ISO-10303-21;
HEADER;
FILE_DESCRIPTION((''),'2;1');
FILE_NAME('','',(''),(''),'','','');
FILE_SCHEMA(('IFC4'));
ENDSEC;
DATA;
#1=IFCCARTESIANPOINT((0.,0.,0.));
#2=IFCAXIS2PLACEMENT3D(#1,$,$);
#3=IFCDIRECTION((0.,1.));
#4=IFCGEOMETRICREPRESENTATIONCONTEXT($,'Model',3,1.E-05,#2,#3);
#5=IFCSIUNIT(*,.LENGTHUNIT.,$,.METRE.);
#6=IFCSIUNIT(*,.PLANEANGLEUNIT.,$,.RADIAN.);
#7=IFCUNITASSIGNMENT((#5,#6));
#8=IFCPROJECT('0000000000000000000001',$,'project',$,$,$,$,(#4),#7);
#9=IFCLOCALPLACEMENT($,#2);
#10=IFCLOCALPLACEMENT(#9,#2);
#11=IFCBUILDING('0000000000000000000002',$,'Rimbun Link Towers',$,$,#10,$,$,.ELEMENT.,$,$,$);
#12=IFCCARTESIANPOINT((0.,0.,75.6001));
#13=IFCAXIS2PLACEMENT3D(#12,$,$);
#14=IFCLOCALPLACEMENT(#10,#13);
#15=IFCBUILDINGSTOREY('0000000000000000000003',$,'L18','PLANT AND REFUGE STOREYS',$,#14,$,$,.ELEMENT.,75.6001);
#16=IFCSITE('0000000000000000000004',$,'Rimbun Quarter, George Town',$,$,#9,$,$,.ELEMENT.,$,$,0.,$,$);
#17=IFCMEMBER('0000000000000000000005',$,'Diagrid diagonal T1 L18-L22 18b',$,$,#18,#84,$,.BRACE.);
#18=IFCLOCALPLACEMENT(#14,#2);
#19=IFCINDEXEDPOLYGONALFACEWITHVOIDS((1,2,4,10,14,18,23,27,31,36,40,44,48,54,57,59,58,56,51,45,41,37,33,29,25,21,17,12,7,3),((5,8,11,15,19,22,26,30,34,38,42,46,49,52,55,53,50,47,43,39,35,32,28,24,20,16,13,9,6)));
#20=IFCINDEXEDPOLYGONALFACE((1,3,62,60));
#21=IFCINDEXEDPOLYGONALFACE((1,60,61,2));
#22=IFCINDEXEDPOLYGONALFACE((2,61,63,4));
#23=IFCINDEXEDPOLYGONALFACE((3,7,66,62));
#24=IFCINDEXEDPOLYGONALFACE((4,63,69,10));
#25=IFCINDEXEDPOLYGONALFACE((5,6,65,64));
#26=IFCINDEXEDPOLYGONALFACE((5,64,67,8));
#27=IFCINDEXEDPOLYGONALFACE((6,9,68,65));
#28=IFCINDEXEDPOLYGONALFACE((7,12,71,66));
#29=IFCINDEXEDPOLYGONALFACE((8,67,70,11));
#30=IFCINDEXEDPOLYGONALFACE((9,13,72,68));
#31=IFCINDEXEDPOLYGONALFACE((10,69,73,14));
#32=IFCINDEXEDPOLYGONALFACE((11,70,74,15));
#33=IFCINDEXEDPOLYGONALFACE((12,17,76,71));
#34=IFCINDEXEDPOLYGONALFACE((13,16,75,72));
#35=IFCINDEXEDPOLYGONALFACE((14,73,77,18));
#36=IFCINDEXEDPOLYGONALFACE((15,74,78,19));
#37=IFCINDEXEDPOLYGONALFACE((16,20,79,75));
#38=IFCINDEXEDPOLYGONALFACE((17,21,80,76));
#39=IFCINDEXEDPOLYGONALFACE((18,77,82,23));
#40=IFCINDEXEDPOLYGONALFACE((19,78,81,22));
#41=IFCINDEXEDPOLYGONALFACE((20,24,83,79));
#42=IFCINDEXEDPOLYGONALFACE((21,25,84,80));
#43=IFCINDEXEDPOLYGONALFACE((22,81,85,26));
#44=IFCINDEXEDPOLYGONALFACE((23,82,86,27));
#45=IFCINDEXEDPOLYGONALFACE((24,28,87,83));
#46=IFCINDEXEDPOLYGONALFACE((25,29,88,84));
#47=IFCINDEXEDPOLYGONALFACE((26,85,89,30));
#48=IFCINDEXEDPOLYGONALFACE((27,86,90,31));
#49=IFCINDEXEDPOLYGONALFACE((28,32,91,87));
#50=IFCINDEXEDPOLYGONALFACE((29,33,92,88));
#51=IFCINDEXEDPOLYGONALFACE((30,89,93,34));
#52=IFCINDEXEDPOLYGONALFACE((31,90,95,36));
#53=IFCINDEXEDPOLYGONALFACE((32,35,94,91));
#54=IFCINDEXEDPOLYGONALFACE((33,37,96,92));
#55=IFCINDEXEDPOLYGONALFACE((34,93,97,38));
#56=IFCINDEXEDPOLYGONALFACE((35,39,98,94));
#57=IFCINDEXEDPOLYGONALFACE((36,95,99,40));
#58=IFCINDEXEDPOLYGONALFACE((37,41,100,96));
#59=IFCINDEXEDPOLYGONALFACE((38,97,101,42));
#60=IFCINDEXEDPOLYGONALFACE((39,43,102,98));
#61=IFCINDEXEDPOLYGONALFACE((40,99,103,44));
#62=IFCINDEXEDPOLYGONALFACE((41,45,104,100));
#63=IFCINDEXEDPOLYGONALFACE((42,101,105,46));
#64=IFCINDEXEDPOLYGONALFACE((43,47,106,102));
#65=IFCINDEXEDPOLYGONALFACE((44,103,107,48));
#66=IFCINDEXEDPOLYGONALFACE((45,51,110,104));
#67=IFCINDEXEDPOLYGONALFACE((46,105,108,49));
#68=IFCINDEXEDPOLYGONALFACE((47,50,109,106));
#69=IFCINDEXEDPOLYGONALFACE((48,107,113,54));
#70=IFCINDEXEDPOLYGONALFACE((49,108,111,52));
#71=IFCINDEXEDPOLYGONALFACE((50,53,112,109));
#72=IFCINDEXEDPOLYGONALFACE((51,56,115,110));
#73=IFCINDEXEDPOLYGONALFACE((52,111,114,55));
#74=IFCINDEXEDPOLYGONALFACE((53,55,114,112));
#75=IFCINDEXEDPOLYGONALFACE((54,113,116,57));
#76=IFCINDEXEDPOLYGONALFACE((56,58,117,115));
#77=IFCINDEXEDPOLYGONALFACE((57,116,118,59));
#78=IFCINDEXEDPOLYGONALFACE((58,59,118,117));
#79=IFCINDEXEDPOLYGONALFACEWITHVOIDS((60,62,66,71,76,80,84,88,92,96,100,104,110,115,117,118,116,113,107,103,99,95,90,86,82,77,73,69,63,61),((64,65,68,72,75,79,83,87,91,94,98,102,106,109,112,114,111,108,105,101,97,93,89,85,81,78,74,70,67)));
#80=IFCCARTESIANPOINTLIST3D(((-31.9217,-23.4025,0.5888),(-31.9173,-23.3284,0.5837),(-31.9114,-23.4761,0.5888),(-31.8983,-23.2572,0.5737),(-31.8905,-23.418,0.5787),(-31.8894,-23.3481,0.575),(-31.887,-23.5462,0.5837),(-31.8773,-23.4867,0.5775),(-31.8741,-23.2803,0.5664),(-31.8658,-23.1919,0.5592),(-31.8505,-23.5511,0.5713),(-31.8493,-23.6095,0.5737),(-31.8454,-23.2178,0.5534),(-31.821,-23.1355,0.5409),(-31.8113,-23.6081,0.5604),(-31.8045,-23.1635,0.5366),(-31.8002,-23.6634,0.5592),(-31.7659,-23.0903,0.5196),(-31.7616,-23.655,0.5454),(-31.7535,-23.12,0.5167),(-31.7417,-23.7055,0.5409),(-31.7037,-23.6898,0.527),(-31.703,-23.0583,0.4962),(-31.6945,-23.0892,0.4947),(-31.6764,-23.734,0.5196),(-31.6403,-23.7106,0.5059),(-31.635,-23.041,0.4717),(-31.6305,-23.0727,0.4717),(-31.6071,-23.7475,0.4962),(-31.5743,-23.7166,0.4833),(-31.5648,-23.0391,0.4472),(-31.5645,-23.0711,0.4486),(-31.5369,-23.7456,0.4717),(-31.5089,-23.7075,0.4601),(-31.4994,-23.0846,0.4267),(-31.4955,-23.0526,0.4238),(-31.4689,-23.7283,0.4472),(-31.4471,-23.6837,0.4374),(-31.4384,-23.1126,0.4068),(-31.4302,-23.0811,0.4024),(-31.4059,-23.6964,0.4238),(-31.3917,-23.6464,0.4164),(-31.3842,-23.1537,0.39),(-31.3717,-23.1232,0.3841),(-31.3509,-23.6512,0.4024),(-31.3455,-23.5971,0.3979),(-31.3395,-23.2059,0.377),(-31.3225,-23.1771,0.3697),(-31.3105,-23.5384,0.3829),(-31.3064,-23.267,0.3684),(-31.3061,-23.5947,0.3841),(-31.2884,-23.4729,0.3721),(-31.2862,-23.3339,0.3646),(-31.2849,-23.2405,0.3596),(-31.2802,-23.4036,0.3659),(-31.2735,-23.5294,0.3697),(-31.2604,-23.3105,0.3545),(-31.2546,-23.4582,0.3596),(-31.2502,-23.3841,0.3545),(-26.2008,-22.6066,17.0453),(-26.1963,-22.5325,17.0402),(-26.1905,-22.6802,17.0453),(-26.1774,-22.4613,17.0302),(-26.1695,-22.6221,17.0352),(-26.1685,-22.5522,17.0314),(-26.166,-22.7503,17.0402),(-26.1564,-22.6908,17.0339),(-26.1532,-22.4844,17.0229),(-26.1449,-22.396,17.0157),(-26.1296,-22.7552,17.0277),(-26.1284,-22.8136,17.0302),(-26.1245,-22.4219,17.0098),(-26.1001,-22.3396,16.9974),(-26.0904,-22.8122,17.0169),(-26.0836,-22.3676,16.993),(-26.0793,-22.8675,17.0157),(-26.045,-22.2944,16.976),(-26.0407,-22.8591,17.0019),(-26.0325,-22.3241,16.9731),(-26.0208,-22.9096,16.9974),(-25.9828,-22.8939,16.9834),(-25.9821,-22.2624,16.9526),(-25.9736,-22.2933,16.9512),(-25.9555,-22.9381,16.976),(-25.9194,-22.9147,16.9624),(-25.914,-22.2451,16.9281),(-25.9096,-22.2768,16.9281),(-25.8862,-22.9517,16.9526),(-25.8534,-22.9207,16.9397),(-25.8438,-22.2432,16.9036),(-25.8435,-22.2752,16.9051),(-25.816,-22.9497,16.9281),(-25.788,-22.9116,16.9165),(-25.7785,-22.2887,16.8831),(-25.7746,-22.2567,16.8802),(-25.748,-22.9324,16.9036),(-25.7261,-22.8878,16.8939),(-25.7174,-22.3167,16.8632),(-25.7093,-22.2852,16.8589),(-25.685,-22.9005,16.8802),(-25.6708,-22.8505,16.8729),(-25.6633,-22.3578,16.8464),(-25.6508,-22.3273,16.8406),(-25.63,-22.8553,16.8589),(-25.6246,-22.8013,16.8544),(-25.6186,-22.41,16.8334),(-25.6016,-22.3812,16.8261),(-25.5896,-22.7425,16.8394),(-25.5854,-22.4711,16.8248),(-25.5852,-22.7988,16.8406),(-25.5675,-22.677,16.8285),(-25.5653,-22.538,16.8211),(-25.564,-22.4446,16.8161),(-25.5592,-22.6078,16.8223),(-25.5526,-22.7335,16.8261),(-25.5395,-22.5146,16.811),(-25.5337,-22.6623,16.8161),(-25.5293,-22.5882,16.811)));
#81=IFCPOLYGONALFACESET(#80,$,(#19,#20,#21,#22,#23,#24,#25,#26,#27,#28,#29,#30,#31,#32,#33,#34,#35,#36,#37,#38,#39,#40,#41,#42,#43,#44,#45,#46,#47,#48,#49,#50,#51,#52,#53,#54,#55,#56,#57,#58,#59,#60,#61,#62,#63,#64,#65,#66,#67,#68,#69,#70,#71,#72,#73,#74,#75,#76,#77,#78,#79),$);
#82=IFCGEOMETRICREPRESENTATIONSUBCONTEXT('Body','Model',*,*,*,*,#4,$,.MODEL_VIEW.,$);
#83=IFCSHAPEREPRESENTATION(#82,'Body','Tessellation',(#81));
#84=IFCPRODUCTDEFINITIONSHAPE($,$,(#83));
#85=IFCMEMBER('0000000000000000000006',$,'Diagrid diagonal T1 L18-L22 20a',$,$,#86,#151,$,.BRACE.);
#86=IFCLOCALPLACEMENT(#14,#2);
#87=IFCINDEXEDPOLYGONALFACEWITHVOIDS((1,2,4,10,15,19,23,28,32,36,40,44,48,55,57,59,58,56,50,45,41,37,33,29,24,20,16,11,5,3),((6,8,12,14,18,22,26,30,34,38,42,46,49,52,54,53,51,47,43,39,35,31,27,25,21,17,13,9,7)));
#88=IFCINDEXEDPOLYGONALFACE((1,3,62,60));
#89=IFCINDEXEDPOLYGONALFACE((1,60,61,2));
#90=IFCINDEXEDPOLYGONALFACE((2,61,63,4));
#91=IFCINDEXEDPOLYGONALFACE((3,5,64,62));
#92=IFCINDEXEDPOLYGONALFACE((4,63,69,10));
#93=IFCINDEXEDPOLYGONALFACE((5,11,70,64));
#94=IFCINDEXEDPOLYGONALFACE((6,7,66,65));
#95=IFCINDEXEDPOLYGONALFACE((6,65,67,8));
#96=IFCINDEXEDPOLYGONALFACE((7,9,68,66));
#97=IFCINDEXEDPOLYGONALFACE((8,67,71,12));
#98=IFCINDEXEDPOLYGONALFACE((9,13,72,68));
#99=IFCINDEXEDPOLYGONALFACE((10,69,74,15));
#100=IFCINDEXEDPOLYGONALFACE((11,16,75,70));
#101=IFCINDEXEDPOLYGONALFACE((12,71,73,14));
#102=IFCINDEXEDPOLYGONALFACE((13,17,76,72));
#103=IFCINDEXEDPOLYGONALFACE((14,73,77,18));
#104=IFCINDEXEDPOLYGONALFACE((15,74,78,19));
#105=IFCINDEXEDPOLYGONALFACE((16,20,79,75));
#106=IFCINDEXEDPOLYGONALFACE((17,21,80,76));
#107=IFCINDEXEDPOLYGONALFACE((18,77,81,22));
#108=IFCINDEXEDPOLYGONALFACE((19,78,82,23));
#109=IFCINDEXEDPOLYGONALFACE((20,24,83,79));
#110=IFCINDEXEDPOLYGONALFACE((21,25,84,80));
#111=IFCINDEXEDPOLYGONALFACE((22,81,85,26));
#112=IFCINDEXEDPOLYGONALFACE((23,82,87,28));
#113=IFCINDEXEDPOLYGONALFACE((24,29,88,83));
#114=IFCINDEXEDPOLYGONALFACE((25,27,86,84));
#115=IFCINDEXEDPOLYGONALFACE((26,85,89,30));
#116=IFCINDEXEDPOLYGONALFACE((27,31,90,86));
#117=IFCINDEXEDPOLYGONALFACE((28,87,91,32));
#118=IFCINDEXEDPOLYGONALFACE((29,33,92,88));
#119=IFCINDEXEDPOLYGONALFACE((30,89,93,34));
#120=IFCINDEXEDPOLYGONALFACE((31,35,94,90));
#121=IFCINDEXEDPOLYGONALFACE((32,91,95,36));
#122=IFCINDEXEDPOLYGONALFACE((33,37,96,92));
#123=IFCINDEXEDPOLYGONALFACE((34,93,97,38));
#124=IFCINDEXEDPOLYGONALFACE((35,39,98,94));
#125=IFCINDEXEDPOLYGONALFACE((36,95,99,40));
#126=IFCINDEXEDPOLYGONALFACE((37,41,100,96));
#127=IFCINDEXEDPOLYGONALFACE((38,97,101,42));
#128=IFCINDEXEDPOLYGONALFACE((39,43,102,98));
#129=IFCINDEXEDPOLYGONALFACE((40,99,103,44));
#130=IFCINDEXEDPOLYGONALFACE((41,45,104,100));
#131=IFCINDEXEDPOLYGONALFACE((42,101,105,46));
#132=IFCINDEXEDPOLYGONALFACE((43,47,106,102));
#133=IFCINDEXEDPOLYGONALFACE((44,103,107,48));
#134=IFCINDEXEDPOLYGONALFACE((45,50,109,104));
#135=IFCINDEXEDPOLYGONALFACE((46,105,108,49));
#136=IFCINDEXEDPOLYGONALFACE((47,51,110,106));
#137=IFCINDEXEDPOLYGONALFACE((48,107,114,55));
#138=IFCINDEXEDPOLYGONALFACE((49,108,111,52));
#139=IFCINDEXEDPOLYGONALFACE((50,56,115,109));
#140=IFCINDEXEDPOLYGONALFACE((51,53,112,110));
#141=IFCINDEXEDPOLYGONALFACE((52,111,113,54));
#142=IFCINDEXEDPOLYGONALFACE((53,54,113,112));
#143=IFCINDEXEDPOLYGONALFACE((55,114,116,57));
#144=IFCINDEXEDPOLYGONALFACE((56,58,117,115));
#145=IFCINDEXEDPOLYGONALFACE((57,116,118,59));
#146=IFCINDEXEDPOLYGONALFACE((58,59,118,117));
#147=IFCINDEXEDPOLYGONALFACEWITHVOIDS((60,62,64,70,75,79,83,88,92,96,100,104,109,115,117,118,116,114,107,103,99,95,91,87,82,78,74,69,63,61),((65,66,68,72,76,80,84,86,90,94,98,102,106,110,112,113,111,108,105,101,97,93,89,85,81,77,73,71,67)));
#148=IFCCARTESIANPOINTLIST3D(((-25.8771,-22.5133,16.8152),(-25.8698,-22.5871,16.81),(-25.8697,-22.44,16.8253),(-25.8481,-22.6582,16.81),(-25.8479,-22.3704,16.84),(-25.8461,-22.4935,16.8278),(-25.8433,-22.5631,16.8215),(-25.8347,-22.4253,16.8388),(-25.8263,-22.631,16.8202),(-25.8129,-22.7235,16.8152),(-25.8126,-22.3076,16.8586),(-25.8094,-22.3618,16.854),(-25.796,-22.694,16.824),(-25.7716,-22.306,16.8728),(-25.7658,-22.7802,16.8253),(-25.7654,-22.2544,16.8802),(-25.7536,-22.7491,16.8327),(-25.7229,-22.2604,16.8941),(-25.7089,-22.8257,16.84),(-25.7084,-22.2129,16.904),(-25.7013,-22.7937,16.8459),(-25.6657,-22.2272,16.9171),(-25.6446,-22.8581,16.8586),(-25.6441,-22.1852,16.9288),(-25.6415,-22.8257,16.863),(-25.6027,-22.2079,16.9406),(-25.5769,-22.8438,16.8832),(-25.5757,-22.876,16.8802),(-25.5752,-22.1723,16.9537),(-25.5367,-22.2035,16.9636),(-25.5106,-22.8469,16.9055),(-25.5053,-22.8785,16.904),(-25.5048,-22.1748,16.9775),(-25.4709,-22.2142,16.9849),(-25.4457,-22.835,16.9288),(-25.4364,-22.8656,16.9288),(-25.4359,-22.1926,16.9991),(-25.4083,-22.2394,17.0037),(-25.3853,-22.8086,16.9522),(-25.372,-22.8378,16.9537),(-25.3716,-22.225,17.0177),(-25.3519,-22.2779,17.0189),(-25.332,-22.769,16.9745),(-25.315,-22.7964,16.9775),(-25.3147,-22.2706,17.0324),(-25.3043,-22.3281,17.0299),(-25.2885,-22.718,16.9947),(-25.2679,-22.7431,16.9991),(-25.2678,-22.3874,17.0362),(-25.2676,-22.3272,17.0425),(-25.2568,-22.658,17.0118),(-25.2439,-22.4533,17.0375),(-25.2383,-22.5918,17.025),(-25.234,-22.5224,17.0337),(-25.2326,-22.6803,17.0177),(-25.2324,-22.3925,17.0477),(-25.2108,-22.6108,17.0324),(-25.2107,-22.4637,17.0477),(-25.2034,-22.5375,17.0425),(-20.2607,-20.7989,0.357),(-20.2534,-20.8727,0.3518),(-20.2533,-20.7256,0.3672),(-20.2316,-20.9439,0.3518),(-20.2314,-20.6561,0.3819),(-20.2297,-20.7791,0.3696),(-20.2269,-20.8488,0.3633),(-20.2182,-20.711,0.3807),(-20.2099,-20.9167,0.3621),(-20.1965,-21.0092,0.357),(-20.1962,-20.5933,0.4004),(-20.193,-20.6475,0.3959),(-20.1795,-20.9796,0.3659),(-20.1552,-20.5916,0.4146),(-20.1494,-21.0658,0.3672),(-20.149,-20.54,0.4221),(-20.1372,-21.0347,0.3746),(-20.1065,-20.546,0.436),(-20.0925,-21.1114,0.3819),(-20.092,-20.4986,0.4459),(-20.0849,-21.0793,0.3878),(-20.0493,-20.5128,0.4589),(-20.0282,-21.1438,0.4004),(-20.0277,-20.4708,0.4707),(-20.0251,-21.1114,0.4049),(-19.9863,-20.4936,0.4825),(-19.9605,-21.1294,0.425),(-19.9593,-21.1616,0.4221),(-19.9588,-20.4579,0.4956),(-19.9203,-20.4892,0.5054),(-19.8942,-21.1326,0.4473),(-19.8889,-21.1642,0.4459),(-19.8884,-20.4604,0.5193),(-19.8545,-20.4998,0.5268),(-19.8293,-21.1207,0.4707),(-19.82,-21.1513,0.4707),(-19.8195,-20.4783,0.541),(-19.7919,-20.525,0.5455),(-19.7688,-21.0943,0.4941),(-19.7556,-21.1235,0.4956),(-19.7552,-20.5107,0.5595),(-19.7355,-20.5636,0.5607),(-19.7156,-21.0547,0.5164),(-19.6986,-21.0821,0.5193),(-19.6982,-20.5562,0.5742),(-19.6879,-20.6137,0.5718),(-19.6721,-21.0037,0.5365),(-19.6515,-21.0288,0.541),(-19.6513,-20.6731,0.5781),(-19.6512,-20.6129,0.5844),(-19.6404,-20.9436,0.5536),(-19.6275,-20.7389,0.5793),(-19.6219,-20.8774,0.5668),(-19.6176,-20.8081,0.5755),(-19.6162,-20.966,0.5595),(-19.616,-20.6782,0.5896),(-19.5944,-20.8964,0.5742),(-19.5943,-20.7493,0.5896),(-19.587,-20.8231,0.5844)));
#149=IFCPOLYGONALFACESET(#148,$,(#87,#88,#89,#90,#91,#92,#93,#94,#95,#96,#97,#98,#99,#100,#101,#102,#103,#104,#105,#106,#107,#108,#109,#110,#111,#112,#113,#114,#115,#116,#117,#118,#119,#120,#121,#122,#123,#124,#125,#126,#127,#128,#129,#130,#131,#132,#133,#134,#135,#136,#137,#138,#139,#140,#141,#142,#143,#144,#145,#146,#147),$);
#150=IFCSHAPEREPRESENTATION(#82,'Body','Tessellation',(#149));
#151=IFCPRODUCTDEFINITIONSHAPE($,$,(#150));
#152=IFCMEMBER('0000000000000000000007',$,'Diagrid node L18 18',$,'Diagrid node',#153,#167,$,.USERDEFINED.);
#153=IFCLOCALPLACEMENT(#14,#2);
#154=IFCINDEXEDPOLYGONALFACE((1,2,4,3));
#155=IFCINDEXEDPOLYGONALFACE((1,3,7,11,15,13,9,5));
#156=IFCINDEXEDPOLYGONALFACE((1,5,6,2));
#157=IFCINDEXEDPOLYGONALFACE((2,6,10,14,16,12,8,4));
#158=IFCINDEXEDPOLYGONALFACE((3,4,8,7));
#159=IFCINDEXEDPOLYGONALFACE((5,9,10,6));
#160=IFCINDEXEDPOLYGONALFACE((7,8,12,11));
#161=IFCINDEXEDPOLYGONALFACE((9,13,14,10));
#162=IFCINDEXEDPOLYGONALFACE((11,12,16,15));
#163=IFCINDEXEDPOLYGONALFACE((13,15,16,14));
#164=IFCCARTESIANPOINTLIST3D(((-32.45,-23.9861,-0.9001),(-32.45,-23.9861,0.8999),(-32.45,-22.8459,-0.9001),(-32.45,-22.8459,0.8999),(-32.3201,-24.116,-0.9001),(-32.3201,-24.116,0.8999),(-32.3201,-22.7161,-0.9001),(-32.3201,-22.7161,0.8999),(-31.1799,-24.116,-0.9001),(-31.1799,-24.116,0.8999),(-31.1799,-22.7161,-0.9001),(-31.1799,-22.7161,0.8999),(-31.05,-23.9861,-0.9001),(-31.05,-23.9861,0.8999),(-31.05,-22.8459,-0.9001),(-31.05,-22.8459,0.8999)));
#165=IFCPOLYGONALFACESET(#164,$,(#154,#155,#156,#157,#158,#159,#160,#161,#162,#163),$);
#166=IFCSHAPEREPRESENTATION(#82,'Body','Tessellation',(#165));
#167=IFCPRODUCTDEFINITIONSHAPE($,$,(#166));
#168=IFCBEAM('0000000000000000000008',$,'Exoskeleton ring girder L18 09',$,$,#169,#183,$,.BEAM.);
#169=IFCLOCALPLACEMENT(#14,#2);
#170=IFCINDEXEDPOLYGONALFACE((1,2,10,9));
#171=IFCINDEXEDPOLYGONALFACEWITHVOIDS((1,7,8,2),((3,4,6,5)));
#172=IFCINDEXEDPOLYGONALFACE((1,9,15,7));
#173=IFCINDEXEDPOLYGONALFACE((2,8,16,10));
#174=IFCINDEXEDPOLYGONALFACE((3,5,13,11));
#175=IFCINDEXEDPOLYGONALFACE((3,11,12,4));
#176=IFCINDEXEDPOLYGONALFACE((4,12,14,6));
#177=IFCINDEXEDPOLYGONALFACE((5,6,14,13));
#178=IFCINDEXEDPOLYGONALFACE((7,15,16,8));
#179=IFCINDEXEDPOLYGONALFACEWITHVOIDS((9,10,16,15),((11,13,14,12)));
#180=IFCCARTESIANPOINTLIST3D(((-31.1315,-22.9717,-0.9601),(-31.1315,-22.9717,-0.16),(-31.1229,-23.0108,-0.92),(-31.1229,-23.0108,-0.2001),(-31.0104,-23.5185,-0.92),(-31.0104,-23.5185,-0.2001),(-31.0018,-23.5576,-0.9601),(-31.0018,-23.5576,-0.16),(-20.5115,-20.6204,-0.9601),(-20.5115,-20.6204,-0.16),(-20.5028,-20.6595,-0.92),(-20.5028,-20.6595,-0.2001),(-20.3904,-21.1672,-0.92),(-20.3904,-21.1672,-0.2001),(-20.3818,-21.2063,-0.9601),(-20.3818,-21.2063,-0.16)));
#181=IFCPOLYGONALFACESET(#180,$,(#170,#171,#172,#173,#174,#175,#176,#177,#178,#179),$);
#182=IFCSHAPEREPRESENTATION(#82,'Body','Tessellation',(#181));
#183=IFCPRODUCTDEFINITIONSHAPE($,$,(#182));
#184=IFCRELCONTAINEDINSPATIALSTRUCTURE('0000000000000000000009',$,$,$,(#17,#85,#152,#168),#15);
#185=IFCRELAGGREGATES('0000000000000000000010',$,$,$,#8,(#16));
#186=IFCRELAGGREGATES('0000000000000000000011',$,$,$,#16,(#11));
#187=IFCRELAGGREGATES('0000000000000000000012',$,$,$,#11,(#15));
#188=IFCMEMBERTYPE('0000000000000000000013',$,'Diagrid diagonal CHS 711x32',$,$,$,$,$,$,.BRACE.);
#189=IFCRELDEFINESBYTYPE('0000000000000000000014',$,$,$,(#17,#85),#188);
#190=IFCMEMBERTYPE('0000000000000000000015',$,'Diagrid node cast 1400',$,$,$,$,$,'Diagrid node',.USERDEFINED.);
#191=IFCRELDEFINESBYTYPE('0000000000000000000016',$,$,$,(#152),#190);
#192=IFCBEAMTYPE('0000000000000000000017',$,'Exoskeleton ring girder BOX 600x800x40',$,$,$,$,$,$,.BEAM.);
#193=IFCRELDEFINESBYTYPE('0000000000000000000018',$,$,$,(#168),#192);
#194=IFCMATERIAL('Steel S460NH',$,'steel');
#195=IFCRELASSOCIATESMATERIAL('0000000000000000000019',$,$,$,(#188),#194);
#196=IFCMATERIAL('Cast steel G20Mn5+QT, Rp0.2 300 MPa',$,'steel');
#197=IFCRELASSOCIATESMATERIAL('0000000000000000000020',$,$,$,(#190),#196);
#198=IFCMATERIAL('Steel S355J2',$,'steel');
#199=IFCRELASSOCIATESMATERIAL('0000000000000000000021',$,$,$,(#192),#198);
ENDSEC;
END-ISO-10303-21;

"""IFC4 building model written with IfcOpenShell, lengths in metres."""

from ifc_helpers import new_model, si_unit, direction, frame, origin, origin_2d, place, context, subcontext, project, spatial, polyline, hollow_rectangle, hollow_circle, outline, extrude, material, material_profile, profile_set, type_object, element, save


model = new_model("IFC4")

# Units and contexts
model_context = context("Model", 3, precision=1e-05, world=origin(), true_north=direction((0.0, 1.0)))
body_context = subcontext(model_context, "Body", "Model", "MODEL_VIEW")
ifc_project = project(units=[si_unit("LENGTHUNIT", "METRE"), si_unit("PLANEANGLEUNIT", "RADIAN")], contexts=[model_context])

# Site, building, storey
site_placement = place(None, origin())
site = spatial("IfcSite", under=ifc_project, at=site_placement, Name="Rimbun Quarter, George Town", CompositionType="ELEMENT", RefElevation=0.0)
building_placement = place(site_placement, origin())
building = spatial("IfcBuilding", under=site, at=building_placement, Name="Rimbun Link Towers", CompositionType="ELEMENT")
storey_placement = place(building_placement, frame((0.0, 0.0, 75.6001)))
storey = spatial("IfcBuildingStorey", under=building, at=storey_placement, Name="L18", Description="PLANT AND REFUGE STOREYS", CompositionType="ELEMENT", Elevation=75.6001)

# Members
ifc_material_1 = material(Name="Steel S460NH", Category="steel")
ifc_material_profile_1 = material_profile(ifc_material_1, hollow_circle(Radius=0.3557, WallThickness=0.032, at=origin_2d()), Name="Diagrid diagonal CHS 711x32")
ifc_profile_set_1 = profile_set([ifc_material_profile_1], Name="Steel S460NH")
member_type_1 = type_object("IfcMemberType", Name="Diagrid diagonal CHS 711x32", PredefinedType="BRACE", material=ifc_profile_set_1)
member_1_placement = place(storey_placement, frame((-31.5859, -23.3933, 0.4717), z_axis=(0.328021, 0.045634, 0.943567), x_axis=(-0.137793, 0.990461, 0.0)))
element("IfcMember", 1, at=member_1_placement, inside=storey, type_object=member_type_1, Name="Diagrid diagonal T1 L18-L22 18b", PredefinedType="BRACE", context=body_context, shape_type="SweptSolid", body=[
    extrude(hollow_circle(Radius=0.3557, WallThickness=0.032, at=origin_2d()), origin(), (0.0, 0.0, 1.0), 17.4407),
])
member_2_placement = place(storey_placement, frame((-19.9238, -20.811, 0.4707), z_axis=(-0.321409, -0.098106, 0.941845), x_axis=(0.291941, -0.956436, 0.0)))
element("IfcMember", 2, at=member_2_placement, inside=storey, type_object=member_type_1, Name="Diagrid diagonal T1 L18-L22 20a", PredefinedType="BRACE", context=body_context, shape_type="SweptSolid", body=[
    extrude(hollow_circle(Radius=0.3557, WallThickness=0.032, at=origin_2d()), origin(), (0.0, 0.0, 1.0), 17.4744),
])
ifc_material_2 = material(Name="Cast steel G20Mn5+QT, Rp0.2 300 MPa", Category="steel")
ifc_material_profile_2 = material_profile(ifc_material_2, outline(polyline([(0.7, -0.5701), (0.7, 0.5701), (0.5701, 0.7), (-0.5701, 0.7), (-0.7, 0.5701), (-0.7, -0.5701), (-0.5701, -0.7), (0.5701, -0.7), (0.7, -0.5701)])), Name="NODE 1400x1400")
ifc_profile_set_2 = profile_set([ifc_material_profile_2], Name="Cast steel G20Mn5+QT, Rp0.2 300 MPa")
member_type_2 = type_object("IfcMemberType", Name="Diagrid node cast 1400", ElementType="Diagrid node", PredefinedType="USERDEFINED", material=ifc_profile_set_2)
member_3_placement = place(storey_placement, frame((-31.75, -23.416, -0.9001), z_axis=(0.0, 0.0, 1.0), x_axis=(0.0, -1.0, 0.0)))
element("IfcMember", 3, at=member_3_placement, inside=storey, type_object=member_type_2, Name="Diagrid node L18 18", ObjectType="Diagrid node", PredefinedType="USERDEFINED", context=body_context, shape_type="SweptSolid", body=[
    extrude(outline(polyline([(0.7, -0.5701), (0.7, 0.5701), (0.5701, 0.7), (-0.5701, 0.7), (-0.7, 0.5701), (-0.7, -0.5701), (-0.5701, -0.7), (0.5701, -0.7), (0.7, -0.5701)])), origin(), (0.0, 0.0, 1.0), 1.8),
])

# Beam
ifc_material_3 = material(Name="Steel S355J2", Category="steel")
ifc_material_profile_3 = material_profile(ifc_material_3, hollow_rectangle(XDim=0.6001, YDim=0.8, WallThickness=0.04, at=origin_2d()), Name="Exoskeleton ring girder BOX 600x800x40")
ifc_profile_set_3 = profile_set([ifc_material_profile_3], Name="Steel S355J2")
beam_type_1 = type_object("IfcBeamType", Name="Exoskeleton ring girder BOX 600x800x40", PredefinedType="BEAM", material=ifc_profile_set_3)
beam_1_placement = place(storey_placement, frame((-31.0667, -23.2646, -0.5601), z_axis=(0.976356, 0.216168, 0.0), x_axis=(-0.216168, 0.976356, 0.0)))
element("IfcBeam", 4, at=beam_1_placement, inside=storey, type_object=beam_type_1, Name="Exoskeleton ring girder L18 09", PredefinedType="BEAM", context=body_context, shape_type="SweptSolid", body=[
    extrude(hollow_rectangle(XDim=0.6001, YDim=0.8, WallThickness=0.04, at=origin_2d()), origin(), (0.0, 0.0, 1.0), 10.8772),
])

save(model, "model.ifc")
